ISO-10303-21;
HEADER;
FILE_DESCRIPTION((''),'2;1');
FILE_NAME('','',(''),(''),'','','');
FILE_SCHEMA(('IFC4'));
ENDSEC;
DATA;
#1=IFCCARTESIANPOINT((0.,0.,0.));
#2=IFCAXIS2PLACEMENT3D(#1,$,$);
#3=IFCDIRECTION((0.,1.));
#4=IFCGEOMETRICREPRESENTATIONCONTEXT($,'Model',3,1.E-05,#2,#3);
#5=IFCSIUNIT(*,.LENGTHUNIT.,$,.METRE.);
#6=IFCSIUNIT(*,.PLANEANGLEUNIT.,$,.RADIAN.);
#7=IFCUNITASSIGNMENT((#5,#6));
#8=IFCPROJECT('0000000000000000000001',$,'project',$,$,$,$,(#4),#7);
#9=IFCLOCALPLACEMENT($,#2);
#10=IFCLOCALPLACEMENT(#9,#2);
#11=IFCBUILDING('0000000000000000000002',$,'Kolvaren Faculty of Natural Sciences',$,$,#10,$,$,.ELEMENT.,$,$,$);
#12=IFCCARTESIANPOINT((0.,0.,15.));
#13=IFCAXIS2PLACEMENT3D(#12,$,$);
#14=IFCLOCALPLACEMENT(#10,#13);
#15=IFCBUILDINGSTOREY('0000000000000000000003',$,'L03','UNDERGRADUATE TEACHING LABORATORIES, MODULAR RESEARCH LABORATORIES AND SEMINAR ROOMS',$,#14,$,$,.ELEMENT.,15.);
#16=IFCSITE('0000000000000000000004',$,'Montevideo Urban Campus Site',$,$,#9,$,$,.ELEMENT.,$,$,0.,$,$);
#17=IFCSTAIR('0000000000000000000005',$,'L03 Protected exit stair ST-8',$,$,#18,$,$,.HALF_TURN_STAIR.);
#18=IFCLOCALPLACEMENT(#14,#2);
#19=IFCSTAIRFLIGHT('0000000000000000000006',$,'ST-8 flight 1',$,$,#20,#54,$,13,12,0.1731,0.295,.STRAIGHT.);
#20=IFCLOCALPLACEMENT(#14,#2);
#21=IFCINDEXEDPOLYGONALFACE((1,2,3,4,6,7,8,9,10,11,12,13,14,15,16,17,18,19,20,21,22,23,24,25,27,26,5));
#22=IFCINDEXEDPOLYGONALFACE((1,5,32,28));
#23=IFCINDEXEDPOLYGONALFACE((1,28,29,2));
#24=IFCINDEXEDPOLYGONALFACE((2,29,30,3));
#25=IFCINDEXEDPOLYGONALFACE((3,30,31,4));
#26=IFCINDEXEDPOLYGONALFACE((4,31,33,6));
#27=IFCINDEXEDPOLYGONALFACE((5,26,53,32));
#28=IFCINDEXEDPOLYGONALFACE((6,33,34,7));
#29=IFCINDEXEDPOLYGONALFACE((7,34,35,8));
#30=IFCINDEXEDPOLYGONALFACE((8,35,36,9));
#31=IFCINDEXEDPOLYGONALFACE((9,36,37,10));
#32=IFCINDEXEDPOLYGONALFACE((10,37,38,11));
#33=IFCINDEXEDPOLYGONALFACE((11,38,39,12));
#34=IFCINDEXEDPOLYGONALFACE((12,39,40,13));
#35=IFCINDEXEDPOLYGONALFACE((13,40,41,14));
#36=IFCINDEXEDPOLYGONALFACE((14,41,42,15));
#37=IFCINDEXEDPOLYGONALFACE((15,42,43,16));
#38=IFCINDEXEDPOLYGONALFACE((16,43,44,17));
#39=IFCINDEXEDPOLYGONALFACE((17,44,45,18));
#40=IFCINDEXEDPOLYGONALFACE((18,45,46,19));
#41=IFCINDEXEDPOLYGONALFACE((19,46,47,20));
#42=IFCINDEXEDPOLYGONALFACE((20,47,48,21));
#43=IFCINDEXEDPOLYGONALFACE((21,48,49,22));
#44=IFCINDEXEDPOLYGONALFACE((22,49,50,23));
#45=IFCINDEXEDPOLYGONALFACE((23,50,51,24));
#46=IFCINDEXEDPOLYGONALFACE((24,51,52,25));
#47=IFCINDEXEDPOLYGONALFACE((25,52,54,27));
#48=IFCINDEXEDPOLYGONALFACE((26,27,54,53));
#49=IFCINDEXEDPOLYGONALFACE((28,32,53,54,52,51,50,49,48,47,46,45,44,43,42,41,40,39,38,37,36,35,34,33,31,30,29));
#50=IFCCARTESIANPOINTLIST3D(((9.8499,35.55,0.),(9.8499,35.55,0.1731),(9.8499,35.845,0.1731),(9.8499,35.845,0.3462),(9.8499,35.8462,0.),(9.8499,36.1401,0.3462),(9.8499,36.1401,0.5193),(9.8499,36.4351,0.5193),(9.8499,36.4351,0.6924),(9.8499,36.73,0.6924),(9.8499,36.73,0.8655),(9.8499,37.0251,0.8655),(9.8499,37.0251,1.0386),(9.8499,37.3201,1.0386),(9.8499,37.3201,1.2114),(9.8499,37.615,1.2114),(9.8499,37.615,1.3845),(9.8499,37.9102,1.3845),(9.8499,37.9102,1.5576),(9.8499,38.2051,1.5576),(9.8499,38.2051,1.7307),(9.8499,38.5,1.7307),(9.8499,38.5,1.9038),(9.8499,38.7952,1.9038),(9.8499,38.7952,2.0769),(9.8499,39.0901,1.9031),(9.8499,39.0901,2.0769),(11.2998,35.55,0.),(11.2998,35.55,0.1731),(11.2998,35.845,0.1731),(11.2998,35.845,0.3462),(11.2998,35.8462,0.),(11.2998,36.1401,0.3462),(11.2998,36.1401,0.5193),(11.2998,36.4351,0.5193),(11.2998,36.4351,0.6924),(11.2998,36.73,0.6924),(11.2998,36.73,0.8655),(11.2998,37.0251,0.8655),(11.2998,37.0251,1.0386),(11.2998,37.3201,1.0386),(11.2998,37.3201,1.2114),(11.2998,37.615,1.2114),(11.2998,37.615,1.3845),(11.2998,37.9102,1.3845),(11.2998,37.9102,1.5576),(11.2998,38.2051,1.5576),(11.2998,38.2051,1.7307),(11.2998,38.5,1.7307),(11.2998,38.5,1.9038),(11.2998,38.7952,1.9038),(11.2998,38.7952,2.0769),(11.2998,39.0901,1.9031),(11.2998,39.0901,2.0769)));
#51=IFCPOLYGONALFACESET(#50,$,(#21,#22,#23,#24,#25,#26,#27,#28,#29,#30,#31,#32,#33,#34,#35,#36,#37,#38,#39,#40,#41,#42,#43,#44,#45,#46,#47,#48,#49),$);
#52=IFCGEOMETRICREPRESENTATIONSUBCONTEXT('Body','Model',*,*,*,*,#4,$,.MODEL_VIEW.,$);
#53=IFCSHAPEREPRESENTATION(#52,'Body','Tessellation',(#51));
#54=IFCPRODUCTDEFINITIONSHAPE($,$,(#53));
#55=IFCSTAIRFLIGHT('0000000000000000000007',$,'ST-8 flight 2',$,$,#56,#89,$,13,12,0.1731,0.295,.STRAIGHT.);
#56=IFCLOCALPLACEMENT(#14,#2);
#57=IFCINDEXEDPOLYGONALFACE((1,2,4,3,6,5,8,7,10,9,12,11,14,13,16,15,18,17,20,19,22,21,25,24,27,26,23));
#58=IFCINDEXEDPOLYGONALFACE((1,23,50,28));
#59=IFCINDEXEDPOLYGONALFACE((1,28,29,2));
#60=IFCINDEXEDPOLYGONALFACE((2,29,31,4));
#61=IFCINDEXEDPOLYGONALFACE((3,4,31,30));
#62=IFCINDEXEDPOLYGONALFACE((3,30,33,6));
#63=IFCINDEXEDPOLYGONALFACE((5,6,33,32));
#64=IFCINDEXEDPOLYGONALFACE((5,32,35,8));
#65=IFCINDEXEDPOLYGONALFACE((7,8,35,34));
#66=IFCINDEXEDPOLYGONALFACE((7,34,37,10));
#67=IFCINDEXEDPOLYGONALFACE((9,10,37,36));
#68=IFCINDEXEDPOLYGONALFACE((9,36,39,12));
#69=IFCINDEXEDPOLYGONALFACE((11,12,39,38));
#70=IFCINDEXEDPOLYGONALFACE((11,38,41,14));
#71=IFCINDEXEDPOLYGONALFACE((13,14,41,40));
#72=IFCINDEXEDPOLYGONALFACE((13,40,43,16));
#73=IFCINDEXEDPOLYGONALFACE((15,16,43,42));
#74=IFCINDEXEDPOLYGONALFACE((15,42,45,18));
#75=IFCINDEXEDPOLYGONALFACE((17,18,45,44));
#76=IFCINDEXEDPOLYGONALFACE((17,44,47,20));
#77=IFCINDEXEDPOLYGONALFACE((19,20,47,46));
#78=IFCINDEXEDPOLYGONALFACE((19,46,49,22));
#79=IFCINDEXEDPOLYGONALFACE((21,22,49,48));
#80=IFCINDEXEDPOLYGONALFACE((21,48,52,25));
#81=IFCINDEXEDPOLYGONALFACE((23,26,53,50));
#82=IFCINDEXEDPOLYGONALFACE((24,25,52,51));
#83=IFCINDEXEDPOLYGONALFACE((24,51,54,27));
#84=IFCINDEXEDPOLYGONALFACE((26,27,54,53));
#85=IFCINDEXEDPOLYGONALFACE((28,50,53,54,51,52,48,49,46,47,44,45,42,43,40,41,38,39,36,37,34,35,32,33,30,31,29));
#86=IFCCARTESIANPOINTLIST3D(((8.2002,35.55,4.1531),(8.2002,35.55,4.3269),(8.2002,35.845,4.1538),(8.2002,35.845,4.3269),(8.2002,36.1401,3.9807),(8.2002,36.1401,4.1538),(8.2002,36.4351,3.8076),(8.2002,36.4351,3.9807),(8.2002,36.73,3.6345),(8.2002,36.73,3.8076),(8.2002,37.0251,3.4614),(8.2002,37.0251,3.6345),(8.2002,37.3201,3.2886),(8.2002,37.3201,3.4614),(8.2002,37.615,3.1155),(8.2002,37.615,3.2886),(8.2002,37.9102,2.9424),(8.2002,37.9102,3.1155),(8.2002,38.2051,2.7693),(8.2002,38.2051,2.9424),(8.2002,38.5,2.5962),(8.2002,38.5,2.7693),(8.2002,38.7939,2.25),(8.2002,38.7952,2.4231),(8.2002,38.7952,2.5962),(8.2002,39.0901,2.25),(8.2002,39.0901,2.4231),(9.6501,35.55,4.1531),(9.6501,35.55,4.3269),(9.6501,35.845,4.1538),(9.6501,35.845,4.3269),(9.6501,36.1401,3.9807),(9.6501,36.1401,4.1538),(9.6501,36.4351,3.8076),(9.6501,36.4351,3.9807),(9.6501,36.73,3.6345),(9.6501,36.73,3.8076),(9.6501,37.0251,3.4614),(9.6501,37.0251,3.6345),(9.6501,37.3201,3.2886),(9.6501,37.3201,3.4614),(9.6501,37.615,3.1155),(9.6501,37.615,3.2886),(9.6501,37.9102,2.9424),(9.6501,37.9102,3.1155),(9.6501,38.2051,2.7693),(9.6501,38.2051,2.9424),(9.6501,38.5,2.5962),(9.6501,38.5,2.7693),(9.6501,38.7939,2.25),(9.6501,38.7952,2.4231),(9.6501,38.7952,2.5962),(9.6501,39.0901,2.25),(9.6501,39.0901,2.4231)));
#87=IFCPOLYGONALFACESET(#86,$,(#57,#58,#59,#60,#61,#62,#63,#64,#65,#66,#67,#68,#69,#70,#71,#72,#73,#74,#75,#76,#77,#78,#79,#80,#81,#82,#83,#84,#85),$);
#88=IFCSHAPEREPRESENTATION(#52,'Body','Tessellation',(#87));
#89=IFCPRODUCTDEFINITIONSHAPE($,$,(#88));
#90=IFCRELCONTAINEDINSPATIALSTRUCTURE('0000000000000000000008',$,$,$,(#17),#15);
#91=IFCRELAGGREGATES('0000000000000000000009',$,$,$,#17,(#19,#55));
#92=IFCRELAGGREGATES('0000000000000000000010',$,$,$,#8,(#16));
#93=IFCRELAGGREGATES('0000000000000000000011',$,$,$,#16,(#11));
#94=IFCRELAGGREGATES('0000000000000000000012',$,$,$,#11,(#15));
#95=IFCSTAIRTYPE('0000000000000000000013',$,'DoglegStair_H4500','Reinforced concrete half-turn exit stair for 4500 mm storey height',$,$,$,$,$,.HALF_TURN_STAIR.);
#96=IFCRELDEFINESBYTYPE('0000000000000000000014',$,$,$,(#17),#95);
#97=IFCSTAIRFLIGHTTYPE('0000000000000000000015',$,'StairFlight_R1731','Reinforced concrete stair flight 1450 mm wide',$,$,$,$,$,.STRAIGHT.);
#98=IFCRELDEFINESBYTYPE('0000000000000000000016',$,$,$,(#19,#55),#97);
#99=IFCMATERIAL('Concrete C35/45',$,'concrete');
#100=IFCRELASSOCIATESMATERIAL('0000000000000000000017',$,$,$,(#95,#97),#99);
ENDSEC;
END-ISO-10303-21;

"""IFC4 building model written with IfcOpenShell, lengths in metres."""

from ifc_helpers import new_model, si_unit, direction, frame, origin, place, context, subcontext, project, spatial, polyline, outline, extrude, material, type_object, element, aggregate, save


model = new_model("IFC4")

# Units and contexts
model_context = context("Model", 3, precision=1e-05, world=origin(), true_north=direction((0.0, 1.0)))
body_context = subcontext(model_context, "Body", "Model", "MODEL_VIEW")
ifc_project = project(units=[si_unit("LENGTHUNIT", "METRE"), si_unit("PLANEANGLEUNIT", "RADIAN")], contexts=[model_context])

# Site, building, storey
site_placement = place(None, origin())
site = spatial("IfcSite", under=ifc_project, at=site_placement, Name="Montevideo Urban Campus Site", CompositionType="ELEMENT", RefElevation=0.0)
building_placement = place(site_placement, origin())
building = spatial("IfcBuilding", under=site, at=building_placement, Name="Kolvaren Faculty of Natural Sciences", CompositionType="ELEMENT")
storey_placement = place(building_placement, frame((0.0, 0.0, 15.0)))
storey = spatial("IfcBuildingStorey", under=building, at=storey_placement, Name="L03", Description="UNDERGRADUATE TEACHING LABORATORIES, MODULAR RESEARCH LABORATORIES AND SEMINAR ROOMS", CompositionType="ELEMENT", Elevation=15.0)

# Shared definitions
ifc_material_1 = material(Name="Concrete C35/45", Category="concrete")

# Stair, stair flights
stair_type = type_object("IfcStairType", Name="DoglegStair_H4500", Description="Reinforced concrete half-turn exit stair for 4500 mm storey height", PredefinedType="HALF_TURN_STAIR", material=ifc_material_1)
stair_placement = place(storey_placement, origin())
stair = element("IfcStair", 1, at=stair_placement, inside=storey, type_object=stair_type, Name="L03 Protected exit stair ST-8", PredefinedType="HALF_TURN_STAIR")
stair_flight_type = type_object("IfcStairFlightType", Name="StairFlight_R1731", Description="Reinforced concrete stair flight 1450 mm wide", PredefinedType="STRAIGHT", material=ifc_material_1)
stair_flight_1_placement = place(storey_placement, frame((10.575, 35.55, 0.0), z_axis=(0.0, 0.0, 1.0), x_axis=(0.0, 1.0, 0.0)))
stair_flight_1 = element("IfcStairFlight", 2, at=stair_flight_1_placement, type_object=stair_flight_type, Name="ST-8 flight 1", NumberOfRisers=13, NumberOfTreads=12, PredefinedType="STRAIGHT", RiserHeight=0.1731, TreadLength=0.295, context=body_context, shape_type="SweptSolid", body=[
    extrude(outline(polyline([(0.0, 0.0), (0.0, 0.1731), (0.2949, 0.1731), (0.2949, 0.3462), (0.5901, 0.3462), (0.5901, 0.5193), (0.885, 0.5193), (0.885, 0.6924), (1.1799, 0.6924), (1.1799, 0.8655), (1.4751, 0.8655), (1.4751, 1.0386), (1.77, 1.0386), (1.77, 1.2114), (2.0649, 1.2114), (2.0649, 1.3845), (2.3601, 1.3845), (2.3601, 1.5576), (2.655, 1.5576), (2.655, 1.7307), (2.95, 1.7307), (2.95, 1.9038), (3.2451, 1.9038), (3.2451, 2.0769), (3.54, 2.0769), (3.54, 2.25), (3.54, 1.9031), (0.2961, 0.0), (0.0, 0.0)])), frame((0.0, 0.7251, 0.0), z_axis=(0.0, -1.0, 0.0), x_axis=(1.0, 0.0, 0.0)), (0.0, 0.0, 1.0), 1.45),
])
stair_flight_2_placement = place(storey_placement, frame((8.925, 39.0901, 2.25), z_axis=(0.0, 0.0, 1.0), x_axis=(0.0, -1.0, 0.0)))
stair_flight_2 = element("IfcStairFlight", 3, at=stair_flight_2_placement, type_object=stair_flight_type, Name="ST-8 flight 2", NumberOfRisers=13, NumberOfTreads=12, PredefinedType="STRAIGHT", RiserHeight=0.1731, TreadLength=0.295, context=body_context, shape_type="SweptSolid", body=[
    extrude(outline(polyline([(0.0, 0.0), (0.0, 0.1731), (0.2949, 0.1731), (0.2949, 0.3462), (0.5901, 0.3462), (0.5901, 0.5193), (0.885, 0.5193), (0.885, 0.6924), (1.1799, 0.6924), (1.1799, 0.8655), (1.4751, 0.8655), (1.4751, 1.0386), (1.77, 1.0386), (1.77, 1.2114), (2.0649, 1.2114), (2.0649, 1.3845), (2.3601, 1.3845), (2.3601, 1.5576), (2.655, 1.5576), (2.655, 1.7307), (2.95, 1.7307), (2.95, 1.9038), (3.2451, 1.9038), (3.2451, 2.0769), (3.54, 2.0769), (3.54, 2.25), (3.54, 1.9031), (0.2961, 0.0), (0.0, 0.0)])), frame((0.0, 0.7251, 0.0), z_axis=(0.0, -1.0, 0.0), x_axis=(1.0, 0.0, 0.0)), (0.0, 0.0, 1.0), 1.45),
])
aggregate(stair, [stair_flight_1, stair_flight_2])

save(model, "model.ifc")
